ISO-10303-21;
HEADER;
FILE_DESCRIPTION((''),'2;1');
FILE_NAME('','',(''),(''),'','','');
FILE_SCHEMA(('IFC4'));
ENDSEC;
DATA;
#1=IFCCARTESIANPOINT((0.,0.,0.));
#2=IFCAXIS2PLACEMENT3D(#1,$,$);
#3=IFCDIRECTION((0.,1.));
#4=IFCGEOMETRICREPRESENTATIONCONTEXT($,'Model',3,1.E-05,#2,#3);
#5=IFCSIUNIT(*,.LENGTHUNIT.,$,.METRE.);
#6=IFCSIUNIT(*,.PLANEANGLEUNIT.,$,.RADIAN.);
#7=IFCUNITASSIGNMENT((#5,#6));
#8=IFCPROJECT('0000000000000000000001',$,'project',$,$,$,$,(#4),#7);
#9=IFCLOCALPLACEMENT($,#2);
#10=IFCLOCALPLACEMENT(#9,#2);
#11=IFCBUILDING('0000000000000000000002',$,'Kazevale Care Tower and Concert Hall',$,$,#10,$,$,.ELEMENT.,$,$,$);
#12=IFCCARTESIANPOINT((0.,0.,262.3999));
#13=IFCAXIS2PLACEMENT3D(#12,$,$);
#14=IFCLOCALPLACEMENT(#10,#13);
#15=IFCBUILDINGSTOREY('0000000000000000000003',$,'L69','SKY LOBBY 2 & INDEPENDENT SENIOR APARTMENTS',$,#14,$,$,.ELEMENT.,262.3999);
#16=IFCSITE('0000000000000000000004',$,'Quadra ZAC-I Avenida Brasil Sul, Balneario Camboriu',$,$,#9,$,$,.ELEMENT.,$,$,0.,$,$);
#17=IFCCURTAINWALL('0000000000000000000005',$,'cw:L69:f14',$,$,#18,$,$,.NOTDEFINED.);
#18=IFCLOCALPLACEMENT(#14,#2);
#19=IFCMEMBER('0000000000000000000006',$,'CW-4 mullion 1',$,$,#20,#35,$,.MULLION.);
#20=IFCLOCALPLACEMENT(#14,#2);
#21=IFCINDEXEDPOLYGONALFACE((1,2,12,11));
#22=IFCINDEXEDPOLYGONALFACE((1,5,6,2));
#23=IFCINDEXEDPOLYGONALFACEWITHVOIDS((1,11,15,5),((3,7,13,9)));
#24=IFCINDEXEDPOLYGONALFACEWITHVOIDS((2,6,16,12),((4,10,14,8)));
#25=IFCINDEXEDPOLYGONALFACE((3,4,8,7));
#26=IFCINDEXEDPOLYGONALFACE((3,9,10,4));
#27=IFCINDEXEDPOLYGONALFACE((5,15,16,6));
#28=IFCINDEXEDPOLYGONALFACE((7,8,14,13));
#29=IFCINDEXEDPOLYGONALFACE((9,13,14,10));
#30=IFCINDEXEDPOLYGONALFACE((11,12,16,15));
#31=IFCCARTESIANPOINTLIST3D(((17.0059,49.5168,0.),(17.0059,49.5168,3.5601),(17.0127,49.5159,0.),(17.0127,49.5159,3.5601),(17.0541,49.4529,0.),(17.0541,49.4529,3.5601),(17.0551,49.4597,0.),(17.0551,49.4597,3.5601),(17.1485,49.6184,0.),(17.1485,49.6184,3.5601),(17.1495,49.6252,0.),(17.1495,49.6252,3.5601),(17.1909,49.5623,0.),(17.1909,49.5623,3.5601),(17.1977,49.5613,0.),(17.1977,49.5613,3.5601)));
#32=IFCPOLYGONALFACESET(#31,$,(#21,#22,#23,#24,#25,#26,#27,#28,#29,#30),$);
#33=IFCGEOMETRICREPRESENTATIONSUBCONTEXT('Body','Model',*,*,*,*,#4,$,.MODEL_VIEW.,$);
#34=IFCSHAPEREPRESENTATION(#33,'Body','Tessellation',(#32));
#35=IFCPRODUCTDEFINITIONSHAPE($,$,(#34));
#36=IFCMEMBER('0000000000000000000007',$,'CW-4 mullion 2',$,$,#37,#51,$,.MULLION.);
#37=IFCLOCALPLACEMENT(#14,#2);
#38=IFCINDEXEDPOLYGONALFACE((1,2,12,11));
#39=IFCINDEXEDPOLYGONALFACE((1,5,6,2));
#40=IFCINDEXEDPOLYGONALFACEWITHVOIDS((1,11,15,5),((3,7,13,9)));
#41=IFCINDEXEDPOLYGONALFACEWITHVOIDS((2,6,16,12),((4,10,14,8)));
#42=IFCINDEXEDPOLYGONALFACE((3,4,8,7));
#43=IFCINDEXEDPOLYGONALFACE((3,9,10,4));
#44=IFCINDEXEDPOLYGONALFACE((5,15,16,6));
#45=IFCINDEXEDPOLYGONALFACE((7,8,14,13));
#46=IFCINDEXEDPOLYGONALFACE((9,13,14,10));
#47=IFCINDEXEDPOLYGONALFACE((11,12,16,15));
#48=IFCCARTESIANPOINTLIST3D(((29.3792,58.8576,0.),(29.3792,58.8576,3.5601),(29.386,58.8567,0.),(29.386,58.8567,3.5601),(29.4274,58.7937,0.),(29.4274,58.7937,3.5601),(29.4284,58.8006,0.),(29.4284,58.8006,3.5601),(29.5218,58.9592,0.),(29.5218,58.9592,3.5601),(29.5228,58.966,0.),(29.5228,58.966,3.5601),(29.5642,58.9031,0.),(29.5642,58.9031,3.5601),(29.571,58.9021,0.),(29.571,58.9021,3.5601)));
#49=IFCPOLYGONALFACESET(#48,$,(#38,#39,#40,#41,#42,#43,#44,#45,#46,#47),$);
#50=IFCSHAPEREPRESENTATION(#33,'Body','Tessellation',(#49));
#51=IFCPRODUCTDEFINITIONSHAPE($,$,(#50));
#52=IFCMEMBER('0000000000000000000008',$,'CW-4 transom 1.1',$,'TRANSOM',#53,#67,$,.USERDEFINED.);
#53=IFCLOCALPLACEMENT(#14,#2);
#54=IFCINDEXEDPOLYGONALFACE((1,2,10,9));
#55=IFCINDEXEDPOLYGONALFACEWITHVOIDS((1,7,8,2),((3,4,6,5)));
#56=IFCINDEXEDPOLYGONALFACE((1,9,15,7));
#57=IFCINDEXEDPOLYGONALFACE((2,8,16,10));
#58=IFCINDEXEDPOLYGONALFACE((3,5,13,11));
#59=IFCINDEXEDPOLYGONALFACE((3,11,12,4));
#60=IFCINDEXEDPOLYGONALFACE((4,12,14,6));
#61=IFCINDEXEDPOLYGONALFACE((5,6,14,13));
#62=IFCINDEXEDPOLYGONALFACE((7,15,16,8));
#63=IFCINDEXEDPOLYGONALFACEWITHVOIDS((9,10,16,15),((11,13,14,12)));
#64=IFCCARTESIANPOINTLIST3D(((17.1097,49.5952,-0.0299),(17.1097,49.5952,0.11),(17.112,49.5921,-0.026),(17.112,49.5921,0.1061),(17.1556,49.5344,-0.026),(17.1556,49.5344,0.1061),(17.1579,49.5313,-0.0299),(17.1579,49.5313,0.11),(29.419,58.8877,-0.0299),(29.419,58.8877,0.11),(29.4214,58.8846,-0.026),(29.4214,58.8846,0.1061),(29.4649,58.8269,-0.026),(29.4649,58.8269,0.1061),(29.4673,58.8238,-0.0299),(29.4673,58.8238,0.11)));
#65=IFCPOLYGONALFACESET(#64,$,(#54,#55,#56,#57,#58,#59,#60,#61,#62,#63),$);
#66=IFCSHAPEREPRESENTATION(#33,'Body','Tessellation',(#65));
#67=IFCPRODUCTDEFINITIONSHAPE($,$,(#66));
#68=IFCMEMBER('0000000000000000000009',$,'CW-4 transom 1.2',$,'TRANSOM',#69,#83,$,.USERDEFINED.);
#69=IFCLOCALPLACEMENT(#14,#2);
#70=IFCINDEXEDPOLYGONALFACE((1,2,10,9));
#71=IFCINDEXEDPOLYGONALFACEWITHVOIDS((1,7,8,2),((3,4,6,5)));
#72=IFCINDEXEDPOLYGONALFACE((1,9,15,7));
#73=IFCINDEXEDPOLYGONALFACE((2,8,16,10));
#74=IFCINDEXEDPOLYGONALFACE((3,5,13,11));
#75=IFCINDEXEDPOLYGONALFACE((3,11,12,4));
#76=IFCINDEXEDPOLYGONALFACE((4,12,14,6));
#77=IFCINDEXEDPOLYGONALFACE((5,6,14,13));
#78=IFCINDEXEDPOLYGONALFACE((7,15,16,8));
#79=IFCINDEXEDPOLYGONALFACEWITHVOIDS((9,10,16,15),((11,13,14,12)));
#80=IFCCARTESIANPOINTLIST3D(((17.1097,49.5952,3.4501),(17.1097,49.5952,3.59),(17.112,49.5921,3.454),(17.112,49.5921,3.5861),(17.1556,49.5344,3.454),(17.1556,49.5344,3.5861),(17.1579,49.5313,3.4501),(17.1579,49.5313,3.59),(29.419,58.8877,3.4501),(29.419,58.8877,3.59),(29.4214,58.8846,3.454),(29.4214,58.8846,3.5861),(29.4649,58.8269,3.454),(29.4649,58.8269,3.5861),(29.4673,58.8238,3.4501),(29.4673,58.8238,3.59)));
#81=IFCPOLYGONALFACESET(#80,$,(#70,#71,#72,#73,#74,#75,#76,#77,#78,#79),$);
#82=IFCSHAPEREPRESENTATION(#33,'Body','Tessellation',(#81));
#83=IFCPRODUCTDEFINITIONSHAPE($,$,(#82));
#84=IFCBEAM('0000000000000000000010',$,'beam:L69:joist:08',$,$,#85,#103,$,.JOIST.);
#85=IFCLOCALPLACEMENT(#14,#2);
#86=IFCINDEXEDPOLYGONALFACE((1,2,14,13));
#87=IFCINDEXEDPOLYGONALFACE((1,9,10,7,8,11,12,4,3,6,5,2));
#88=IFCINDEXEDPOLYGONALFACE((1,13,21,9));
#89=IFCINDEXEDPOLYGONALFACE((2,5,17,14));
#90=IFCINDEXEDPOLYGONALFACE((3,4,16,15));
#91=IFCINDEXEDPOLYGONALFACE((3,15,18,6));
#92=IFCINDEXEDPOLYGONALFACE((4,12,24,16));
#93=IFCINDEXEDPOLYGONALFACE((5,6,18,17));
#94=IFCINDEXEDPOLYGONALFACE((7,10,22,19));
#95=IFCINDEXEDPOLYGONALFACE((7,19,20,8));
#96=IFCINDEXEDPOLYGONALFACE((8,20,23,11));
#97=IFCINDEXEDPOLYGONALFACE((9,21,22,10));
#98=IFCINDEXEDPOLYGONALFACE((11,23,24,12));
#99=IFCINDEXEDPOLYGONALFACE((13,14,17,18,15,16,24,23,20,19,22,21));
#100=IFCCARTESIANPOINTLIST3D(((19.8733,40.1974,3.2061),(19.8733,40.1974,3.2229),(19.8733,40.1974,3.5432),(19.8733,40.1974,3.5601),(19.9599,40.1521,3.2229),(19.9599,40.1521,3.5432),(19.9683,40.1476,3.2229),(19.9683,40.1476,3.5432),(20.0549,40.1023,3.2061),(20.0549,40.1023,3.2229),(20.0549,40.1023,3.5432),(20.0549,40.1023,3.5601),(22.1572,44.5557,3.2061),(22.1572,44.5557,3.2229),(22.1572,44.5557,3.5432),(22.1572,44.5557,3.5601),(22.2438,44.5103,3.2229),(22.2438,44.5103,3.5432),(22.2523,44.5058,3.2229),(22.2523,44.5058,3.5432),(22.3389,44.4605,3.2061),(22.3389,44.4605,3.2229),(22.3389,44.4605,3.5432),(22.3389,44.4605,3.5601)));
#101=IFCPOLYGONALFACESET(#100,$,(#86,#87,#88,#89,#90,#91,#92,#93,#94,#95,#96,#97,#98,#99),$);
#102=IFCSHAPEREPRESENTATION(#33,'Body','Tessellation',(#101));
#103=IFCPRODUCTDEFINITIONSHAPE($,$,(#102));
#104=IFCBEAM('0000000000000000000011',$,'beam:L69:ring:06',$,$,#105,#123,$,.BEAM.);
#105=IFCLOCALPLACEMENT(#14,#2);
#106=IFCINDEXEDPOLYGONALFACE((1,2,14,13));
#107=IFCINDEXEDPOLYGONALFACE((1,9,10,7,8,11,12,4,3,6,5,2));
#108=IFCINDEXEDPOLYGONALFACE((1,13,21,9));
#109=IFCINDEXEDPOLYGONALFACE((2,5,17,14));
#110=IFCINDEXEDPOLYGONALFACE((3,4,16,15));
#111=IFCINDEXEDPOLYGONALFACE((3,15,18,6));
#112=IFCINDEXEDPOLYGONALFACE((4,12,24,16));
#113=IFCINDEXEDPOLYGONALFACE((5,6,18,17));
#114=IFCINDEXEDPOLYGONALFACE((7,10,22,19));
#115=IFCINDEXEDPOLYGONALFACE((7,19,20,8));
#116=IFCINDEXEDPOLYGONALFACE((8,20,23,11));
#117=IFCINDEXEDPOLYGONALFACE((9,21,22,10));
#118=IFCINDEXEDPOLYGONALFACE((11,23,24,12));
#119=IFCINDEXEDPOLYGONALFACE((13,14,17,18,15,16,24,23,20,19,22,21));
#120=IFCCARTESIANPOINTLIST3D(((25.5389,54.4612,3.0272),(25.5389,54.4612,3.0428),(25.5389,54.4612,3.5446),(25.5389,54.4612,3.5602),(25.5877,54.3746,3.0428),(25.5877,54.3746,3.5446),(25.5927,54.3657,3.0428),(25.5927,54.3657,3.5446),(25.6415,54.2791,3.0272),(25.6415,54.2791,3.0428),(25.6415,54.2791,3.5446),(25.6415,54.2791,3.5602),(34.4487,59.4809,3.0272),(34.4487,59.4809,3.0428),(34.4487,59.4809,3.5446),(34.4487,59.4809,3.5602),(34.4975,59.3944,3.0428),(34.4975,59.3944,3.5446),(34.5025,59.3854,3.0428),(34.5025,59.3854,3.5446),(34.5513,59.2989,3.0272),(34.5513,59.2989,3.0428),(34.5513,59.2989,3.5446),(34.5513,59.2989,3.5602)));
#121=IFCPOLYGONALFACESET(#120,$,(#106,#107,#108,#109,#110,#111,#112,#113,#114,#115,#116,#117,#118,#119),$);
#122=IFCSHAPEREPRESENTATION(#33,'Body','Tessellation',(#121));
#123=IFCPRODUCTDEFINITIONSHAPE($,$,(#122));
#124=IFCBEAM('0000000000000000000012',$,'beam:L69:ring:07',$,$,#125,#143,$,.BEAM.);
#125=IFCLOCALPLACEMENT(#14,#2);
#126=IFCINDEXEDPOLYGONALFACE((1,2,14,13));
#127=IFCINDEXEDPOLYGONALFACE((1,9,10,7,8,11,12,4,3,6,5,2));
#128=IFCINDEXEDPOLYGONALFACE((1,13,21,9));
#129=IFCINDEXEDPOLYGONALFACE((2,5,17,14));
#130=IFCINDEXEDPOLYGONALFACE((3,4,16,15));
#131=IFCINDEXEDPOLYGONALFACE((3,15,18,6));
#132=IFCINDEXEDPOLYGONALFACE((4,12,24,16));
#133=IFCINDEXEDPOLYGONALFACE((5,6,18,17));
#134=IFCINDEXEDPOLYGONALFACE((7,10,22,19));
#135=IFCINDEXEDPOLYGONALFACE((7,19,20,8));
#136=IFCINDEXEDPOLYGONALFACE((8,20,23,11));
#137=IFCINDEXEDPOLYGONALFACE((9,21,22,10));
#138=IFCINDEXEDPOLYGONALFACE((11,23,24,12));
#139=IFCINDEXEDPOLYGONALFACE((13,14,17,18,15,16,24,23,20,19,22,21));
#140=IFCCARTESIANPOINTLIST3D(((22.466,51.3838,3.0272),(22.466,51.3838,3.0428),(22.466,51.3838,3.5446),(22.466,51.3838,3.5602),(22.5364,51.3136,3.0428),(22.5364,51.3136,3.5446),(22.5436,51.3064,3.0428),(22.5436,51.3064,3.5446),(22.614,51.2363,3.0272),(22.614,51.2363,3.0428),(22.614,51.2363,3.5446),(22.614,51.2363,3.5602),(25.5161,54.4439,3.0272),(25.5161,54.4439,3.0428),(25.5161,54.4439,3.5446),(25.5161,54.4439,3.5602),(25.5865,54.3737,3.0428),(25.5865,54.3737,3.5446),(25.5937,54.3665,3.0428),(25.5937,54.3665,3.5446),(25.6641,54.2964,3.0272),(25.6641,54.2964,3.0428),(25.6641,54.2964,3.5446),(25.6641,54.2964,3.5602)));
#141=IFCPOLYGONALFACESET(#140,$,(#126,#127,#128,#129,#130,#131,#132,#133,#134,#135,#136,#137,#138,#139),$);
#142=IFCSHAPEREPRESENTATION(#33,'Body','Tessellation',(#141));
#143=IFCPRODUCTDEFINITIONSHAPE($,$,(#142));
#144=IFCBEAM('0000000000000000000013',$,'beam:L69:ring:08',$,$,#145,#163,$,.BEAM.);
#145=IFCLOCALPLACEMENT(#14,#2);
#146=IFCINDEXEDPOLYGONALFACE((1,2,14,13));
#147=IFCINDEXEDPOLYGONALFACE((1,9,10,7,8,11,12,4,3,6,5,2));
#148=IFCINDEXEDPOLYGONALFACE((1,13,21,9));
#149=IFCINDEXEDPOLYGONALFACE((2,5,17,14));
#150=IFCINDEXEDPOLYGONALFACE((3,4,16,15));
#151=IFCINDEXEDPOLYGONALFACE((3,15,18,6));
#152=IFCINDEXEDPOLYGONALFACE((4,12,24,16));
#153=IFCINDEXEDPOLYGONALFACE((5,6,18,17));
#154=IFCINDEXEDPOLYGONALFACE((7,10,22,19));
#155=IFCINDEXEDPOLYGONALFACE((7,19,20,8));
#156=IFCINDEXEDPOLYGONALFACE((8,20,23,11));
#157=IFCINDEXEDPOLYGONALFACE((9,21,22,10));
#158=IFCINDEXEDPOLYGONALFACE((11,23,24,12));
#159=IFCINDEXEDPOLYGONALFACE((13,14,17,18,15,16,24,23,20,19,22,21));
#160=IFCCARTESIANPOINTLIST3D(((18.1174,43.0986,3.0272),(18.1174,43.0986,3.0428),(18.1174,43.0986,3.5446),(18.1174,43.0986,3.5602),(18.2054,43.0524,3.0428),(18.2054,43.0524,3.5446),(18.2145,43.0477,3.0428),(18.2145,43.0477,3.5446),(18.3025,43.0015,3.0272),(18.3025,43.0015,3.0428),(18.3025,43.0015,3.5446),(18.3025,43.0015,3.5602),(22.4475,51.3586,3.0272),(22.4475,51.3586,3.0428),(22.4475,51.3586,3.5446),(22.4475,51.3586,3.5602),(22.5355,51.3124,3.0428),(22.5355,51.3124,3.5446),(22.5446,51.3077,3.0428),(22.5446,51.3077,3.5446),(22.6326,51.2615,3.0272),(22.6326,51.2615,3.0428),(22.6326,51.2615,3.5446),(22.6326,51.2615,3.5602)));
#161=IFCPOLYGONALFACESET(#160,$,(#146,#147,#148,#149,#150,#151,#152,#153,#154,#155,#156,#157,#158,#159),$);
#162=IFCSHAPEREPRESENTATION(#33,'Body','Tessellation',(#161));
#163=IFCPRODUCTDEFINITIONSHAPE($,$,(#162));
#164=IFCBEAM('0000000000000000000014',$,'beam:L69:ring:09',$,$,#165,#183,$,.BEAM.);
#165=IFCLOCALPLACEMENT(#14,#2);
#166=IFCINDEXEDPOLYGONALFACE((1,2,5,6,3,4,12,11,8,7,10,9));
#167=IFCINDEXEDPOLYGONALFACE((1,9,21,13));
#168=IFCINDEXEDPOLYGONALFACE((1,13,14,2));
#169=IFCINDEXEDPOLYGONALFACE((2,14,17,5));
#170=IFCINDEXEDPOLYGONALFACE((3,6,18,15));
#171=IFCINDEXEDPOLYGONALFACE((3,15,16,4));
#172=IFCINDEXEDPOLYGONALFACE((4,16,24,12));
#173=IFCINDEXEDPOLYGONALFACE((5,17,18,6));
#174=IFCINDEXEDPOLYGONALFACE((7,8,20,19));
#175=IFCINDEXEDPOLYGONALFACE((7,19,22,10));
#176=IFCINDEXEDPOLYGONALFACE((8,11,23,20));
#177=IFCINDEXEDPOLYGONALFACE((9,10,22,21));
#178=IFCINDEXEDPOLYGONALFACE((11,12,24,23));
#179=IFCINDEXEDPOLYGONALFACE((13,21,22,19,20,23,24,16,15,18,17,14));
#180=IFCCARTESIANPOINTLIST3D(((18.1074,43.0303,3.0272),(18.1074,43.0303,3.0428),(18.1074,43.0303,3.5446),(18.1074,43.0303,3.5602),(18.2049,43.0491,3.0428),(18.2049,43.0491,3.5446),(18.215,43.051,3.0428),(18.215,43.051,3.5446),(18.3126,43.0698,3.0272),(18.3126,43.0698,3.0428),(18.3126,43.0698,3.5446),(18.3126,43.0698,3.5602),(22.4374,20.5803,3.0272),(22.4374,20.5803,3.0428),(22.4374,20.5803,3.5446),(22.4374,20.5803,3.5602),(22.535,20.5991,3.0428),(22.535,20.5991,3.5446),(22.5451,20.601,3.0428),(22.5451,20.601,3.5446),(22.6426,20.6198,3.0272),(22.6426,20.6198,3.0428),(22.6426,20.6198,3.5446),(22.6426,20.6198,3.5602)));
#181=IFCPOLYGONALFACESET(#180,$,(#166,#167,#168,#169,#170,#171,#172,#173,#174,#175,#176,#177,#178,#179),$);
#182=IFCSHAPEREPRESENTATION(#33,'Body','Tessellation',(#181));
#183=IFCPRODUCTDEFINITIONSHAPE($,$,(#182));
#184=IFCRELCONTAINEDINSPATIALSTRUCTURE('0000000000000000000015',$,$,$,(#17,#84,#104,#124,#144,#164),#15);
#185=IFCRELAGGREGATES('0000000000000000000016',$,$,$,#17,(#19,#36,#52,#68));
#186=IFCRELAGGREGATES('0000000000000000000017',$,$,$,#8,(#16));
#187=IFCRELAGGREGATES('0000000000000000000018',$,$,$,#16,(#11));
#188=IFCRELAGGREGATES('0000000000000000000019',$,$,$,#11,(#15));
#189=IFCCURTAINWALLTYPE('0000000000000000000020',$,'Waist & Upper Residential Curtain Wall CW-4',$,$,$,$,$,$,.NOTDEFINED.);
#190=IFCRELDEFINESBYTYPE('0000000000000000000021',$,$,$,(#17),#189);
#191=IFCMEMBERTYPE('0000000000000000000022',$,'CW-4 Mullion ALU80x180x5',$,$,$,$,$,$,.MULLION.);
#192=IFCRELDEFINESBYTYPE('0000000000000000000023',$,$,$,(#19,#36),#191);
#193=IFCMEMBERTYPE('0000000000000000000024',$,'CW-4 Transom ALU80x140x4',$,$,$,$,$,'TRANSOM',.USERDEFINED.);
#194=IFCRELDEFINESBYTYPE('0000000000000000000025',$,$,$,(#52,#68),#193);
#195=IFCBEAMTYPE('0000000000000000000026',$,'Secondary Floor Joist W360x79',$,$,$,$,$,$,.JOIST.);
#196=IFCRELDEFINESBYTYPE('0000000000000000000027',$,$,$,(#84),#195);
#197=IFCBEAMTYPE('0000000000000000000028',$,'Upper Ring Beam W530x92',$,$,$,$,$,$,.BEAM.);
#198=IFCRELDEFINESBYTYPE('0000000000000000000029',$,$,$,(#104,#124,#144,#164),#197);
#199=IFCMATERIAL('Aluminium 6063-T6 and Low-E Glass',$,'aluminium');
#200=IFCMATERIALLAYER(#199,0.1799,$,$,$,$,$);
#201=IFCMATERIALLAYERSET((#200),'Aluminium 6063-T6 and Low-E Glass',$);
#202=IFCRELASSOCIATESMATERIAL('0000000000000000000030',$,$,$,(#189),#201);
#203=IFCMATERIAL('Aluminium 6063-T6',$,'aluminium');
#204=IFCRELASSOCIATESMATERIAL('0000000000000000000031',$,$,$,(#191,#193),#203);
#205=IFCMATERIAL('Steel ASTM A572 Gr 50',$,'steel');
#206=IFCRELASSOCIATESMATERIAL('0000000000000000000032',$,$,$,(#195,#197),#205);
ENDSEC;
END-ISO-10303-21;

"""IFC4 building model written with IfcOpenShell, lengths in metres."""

from ifc_helpers import new_model, si_unit, direction, frame, origin, origin_2d, place, context, subcontext, project, spatial, hollow_rectangle, i_section, extrude, material, layer, layer_set, material_profile, profile_set, type_object, element, aggregate, save


model = new_model("IFC4")

# Units and contexts
model_context = context("Model", 3, precision=1e-05, world=origin(), true_north=direction((0.0, 1.0)))
body_context = subcontext(model_context, "Body", "Model", "MODEL_VIEW")
ifc_project = project(units=[si_unit("LENGTHUNIT", "METRE"), si_unit("PLANEANGLEUNIT", "RADIAN")], contexts=[model_context])

# Site, building, storey
site_placement = place(None, origin())
site = spatial("IfcSite", under=ifc_project, at=site_placement, Name="Quadra ZAC-I Avenida Brasil Sul, Balneario Camboriu", CompositionType="ELEMENT", RefElevation=0.0)
building_placement = place(site_placement, origin())
building = spatial("IfcBuilding", under=site, at=building_placement, Name="Kazevale Care Tower and Concert Hall", CompositionType="ELEMENT")
storey_placement = place(building_placement, frame((0.0, 0.0, 262.3999)))
storey = spatial("IfcBuildingStorey", under=building, at=storey_placement, Name="L69", Description="SKY LOBBY 2 & INDEPENDENT SENIOR APARTMENTS", CompositionType="ELEMENT", Elevation=262.3999)

# Shared definitions
ifc_material_1 = material(Name="Aluminium 6063-T6 and Low-E Glass", Category="aluminium")
ifc_layer_1 = layer(ifc_material_1, 0.1799)
ifc_layer_set_1 = layer_set([ifc_layer_1], Name="Aluminium 6063-T6 and Low-E Glass")
curtain_wall_type = type_object("IfcCurtainWallType", Name="Waist & Upper Residential Curtain Wall CW-4", PredefinedType="NOTDEFINED", material=ifc_layer_set_1)
ifc_material_2 = material(Name="Aluminium 6063-T6", Category="aluminium")
ifc_material_profile_1 = material_profile(ifc_material_2, hollow_rectangle(XDim=0.0801, YDim=0.1799, WallThickness=0.0049, at=origin_2d()), Name="ALU80x180x5")
ifc_profile_set_1 = profile_set([ifc_material_profile_1], Name="Aluminium 6063-T6")
member_type_1 = type_object("IfcMemberType", Name="CW-4 Mullion ALU80x180x5", PredefinedType="MULLION", material=ifc_profile_set_1)

# Curtain wall, members
curtain_wall_1_placement = place(storey_placement, origin())
curtain_wall_1 = element("IfcCurtainWall", 1, at=curtain_wall_1_placement, inside=storey, type_object=curtain_wall_type, Name="cw:L69:f14", PredefinedType="NOTDEFINED")
member_1_placement = place(storey_placement, frame((17.1018, 49.5391, 0.0), z_axis=(0.0, 0.0, 1.0), x_axis=(-0.602513, 0.798109, 0.0)))
member_1 = element("IfcMember", 2, at=member_1_placement, type_object=member_type_1, Name="CW-4 mullion 1", PredefinedType="MULLION", context=body_context, shape_type="SweptSolid", body=[
    extrude(hollow_rectangle(XDim=0.0801, YDim=0.1799, WallThickness=0.0049, at=origin_2d()), origin(), (0.0, 0.0, 1.0), 3.5601),
])
member_2_placement = place(storey_placement, frame((29.4751, 58.8799, 0.0), z_axis=(0.0, 0.0, 1.0), x_axis=(-0.602513, 0.798109, 0.0)))
member_2 = element("IfcMember", 3, at=member_2_placement, type_object=member_type_1, Name="CW-4 mullion 2", PredefinedType="MULLION", context=body_context, shape_type="SweptSolid", body=[
    extrude(hollow_rectangle(XDim=0.0801, YDim=0.1799, WallThickness=0.0049, at=origin_2d()), origin(), (0.0, 0.0, 1.0), 3.5601),
])
ifc_material_profile_2 = material_profile(ifc_material_2, hollow_rectangle(XDim=0.0801, YDim=0.1399, WallThickness=0.0039, at=origin_2d()), Name="ALU80x140x4")
ifc_profile_set_2 = profile_set([ifc_material_profile_2], Name="Aluminium 6063-T6")
member_type_2 = type_object("IfcMemberType", Name="CW-4 Transom ALU80x140x4", ElementType="TRANSOM", PredefinedType="USERDEFINED", material=ifc_profile_set_2)
member_3_placement = place(storey_placement, frame((17.1338, 49.5632, 0.04), z_axis=(0.798114, 0.602507, 0.0), x_axis=(-0.602507, 0.798114, 0.0)))
member_3 = element("IfcMember", 4, at=member_3_placement, type_object=member_type_2, Name="CW-4 transom 1.1", ObjectType="TRANSOM", PredefinedType="USERDEFINED", context=body_context, shape_type="SweptSolid", body=[
    extrude(hollow_rectangle(XDim=0.0801, YDim=0.1399, WallThickness=0.0039, at=origin_2d()), origin(), (0.0, 0.0, 1.0), 15.4231),
])
member_4_placement = place(storey_placement, frame((17.1338, 49.5632, 3.52), z_axis=(0.798114, 0.602507, 0.0), x_axis=(-0.602507, 0.798114, 0.0)))
member_4 = element("IfcMember", 5, at=member_4_placement, type_object=member_type_2, Name="CW-4 transom 1.2", ObjectType="TRANSOM", PredefinedType="USERDEFINED", context=body_context, shape_type="SweptSolid", body=[
    extrude(hollow_rectangle(XDim=0.0801, YDim=0.1399, WallThickness=0.0039, at=origin_2d()), origin(), (0.0, 0.0, 1.0), 15.4231),
])

# Beams
ifc_material_3 = material(Name="Steel ASTM A572 Gr 50", Category="steel")
ifc_material_profile_3 = material_profile(ifc_material_3, i_section(OverallWidth=0.2051, OverallDepth=0.354, WebThickness=0.0095, FlangeThickness=0.0168, at=origin_2d()), Name="W360x79")
ifc_profile_set_3 = profile_set([ifc_material_profile_3], Name="Steel ASTM A572 Gr 50")
beam_type_1 = type_object("IfcBeamType", Name="Secondary Floor Joist W360x79", PredefinedType="JOIST", material=ifc_profile_set_3)
beam_1_placement = place(storey_placement, frame((22.248, 44.5081, 3.3831), z_axis=(-0.464181, -0.88574, 0.0), x_axis=(0.88574, -0.464181, 0.0)))
element("IfcBeam", 6, at=beam_1_placement, inside=storey, type_object=beam_type_1, Name="beam:L69:joist:08", PredefinedType="JOIST", context=body_context, shape_type="SweptSolid", body=[
    extrude(i_section(OverallWidth=0.2051, OverallDepth=0.354, WebThickness=0.0095, FlangeThickness=0.0168, at=origin_2d()), origin(), (0.0, 0.0, 1.0), 4.9204),
])
ifc_material_profile_4 = material_profile(ifc_material_3, i_section(OverallWidth=0.209, OverallDepth=0.533, WebThickness=0.0103, FlangeThickness=0.0156, at=origin_2d()), Name="W530x92")
ifc_profile_set_4 = profile_set([ifc_material_profile_4], Name="Steel ASTM A572 Gr 50")
beam_type_2 = type_object("IfcBeamType", Name="Upper Ring Beam W530x92", PredefinedType="BEAM", material=ifc_profile_set_4)
beam_2_placement = place(storey_placement, frame((34.5, 59.3899, 3.2937), z_axis=(-0.871243, -0.490852, 0.0), x_axis=(0.490852, -0.871243, 0.0)))
element("IfcBeam", 7, at=beam_2_placement, inside=storey, type_object=beam_type_2, Name="beam:L69:ring:06", PredefinedType="BEAM", context=body_context, shape_type="SweptSolid", body=[
    extrude(i_section(OverallWidth=0.209, OverallDepth=0.533, WebThickness=0.0103, FlangeThickness=0.0156, at=origin_2d()), origin(), (0.0, 0.0, 1.0), 10.2266),
])
beam_3_placement = place(storey_placement, frame((25.5901, 54.3701, 3.2937), z_axis=(-0.705947, -0.708264, 0.0), x_axis=(0.708264, -0.705947, 0.0)))
element("IfcBeam", 8, at=beam_3_placement, inside=storey, type_object=beam_type_2, Name="beam:L69:ring:07", PredefinedType="BEAM", context=body_context, shape_type="SweptSolid", body=[
    extrude(i_section(OverallWidth=0.209, OverallDepth=0.533, WebThickness=0.0103, FlangeThickness=0.0156, at=origin_2d()), origin(), (0.0, 0.0, 1.0), 4.3206),
])
beam_4_placement = place(storey_placement, frame((22.54, 51.3101, 3.2937), z_axis=(-0.464294, -0.885681, 0.0), x_axis=(0.885681, -0.464294, 0.0)))
element("IfcBeam", 9, at=beam_4_placement, inside=storey, type_object=beam_type_2, Name="beam:L69:ring:08", PredefinedType="BEAM", context=body_context, shape_type="SweptSolid", body=[
    extrude(i_section(OverallWidth=0.209, OverallDepth=0.533, WebThickness=0.0103, FlangeThickness=0.0156, at=origin_2d()), origin(), (0.0, 0.0, 1.0), 9.3262),
])
beam_5_placement = place(storey_placement, frame((18.21, 43.05, 3.2937), z_axis=(0.189386, -0.981903, 0.0), x_axis=(0.981903, 0.189386, 0.0)))
element("IfcBeam", 10, at=beam_5_placement, inside=storey, type_object=beam_type_2, Name="beam:L69:ring:09", PredefinedType="BEAM", context=body_context, shape_type="SweptSolid", body=[
    extrude(i_section(OverallWidth=0.209, OverallDepth=0.533, WebThickness=0.0103, FlangeThickness=0.0156, at=origin_2d()), origin(), (0.0, 0.0, 1.0), 22.8638),
])

aggregate(curtain_wall_1, [member_1, member_2, member_3, member_4])

save(model, "model.ifc")
